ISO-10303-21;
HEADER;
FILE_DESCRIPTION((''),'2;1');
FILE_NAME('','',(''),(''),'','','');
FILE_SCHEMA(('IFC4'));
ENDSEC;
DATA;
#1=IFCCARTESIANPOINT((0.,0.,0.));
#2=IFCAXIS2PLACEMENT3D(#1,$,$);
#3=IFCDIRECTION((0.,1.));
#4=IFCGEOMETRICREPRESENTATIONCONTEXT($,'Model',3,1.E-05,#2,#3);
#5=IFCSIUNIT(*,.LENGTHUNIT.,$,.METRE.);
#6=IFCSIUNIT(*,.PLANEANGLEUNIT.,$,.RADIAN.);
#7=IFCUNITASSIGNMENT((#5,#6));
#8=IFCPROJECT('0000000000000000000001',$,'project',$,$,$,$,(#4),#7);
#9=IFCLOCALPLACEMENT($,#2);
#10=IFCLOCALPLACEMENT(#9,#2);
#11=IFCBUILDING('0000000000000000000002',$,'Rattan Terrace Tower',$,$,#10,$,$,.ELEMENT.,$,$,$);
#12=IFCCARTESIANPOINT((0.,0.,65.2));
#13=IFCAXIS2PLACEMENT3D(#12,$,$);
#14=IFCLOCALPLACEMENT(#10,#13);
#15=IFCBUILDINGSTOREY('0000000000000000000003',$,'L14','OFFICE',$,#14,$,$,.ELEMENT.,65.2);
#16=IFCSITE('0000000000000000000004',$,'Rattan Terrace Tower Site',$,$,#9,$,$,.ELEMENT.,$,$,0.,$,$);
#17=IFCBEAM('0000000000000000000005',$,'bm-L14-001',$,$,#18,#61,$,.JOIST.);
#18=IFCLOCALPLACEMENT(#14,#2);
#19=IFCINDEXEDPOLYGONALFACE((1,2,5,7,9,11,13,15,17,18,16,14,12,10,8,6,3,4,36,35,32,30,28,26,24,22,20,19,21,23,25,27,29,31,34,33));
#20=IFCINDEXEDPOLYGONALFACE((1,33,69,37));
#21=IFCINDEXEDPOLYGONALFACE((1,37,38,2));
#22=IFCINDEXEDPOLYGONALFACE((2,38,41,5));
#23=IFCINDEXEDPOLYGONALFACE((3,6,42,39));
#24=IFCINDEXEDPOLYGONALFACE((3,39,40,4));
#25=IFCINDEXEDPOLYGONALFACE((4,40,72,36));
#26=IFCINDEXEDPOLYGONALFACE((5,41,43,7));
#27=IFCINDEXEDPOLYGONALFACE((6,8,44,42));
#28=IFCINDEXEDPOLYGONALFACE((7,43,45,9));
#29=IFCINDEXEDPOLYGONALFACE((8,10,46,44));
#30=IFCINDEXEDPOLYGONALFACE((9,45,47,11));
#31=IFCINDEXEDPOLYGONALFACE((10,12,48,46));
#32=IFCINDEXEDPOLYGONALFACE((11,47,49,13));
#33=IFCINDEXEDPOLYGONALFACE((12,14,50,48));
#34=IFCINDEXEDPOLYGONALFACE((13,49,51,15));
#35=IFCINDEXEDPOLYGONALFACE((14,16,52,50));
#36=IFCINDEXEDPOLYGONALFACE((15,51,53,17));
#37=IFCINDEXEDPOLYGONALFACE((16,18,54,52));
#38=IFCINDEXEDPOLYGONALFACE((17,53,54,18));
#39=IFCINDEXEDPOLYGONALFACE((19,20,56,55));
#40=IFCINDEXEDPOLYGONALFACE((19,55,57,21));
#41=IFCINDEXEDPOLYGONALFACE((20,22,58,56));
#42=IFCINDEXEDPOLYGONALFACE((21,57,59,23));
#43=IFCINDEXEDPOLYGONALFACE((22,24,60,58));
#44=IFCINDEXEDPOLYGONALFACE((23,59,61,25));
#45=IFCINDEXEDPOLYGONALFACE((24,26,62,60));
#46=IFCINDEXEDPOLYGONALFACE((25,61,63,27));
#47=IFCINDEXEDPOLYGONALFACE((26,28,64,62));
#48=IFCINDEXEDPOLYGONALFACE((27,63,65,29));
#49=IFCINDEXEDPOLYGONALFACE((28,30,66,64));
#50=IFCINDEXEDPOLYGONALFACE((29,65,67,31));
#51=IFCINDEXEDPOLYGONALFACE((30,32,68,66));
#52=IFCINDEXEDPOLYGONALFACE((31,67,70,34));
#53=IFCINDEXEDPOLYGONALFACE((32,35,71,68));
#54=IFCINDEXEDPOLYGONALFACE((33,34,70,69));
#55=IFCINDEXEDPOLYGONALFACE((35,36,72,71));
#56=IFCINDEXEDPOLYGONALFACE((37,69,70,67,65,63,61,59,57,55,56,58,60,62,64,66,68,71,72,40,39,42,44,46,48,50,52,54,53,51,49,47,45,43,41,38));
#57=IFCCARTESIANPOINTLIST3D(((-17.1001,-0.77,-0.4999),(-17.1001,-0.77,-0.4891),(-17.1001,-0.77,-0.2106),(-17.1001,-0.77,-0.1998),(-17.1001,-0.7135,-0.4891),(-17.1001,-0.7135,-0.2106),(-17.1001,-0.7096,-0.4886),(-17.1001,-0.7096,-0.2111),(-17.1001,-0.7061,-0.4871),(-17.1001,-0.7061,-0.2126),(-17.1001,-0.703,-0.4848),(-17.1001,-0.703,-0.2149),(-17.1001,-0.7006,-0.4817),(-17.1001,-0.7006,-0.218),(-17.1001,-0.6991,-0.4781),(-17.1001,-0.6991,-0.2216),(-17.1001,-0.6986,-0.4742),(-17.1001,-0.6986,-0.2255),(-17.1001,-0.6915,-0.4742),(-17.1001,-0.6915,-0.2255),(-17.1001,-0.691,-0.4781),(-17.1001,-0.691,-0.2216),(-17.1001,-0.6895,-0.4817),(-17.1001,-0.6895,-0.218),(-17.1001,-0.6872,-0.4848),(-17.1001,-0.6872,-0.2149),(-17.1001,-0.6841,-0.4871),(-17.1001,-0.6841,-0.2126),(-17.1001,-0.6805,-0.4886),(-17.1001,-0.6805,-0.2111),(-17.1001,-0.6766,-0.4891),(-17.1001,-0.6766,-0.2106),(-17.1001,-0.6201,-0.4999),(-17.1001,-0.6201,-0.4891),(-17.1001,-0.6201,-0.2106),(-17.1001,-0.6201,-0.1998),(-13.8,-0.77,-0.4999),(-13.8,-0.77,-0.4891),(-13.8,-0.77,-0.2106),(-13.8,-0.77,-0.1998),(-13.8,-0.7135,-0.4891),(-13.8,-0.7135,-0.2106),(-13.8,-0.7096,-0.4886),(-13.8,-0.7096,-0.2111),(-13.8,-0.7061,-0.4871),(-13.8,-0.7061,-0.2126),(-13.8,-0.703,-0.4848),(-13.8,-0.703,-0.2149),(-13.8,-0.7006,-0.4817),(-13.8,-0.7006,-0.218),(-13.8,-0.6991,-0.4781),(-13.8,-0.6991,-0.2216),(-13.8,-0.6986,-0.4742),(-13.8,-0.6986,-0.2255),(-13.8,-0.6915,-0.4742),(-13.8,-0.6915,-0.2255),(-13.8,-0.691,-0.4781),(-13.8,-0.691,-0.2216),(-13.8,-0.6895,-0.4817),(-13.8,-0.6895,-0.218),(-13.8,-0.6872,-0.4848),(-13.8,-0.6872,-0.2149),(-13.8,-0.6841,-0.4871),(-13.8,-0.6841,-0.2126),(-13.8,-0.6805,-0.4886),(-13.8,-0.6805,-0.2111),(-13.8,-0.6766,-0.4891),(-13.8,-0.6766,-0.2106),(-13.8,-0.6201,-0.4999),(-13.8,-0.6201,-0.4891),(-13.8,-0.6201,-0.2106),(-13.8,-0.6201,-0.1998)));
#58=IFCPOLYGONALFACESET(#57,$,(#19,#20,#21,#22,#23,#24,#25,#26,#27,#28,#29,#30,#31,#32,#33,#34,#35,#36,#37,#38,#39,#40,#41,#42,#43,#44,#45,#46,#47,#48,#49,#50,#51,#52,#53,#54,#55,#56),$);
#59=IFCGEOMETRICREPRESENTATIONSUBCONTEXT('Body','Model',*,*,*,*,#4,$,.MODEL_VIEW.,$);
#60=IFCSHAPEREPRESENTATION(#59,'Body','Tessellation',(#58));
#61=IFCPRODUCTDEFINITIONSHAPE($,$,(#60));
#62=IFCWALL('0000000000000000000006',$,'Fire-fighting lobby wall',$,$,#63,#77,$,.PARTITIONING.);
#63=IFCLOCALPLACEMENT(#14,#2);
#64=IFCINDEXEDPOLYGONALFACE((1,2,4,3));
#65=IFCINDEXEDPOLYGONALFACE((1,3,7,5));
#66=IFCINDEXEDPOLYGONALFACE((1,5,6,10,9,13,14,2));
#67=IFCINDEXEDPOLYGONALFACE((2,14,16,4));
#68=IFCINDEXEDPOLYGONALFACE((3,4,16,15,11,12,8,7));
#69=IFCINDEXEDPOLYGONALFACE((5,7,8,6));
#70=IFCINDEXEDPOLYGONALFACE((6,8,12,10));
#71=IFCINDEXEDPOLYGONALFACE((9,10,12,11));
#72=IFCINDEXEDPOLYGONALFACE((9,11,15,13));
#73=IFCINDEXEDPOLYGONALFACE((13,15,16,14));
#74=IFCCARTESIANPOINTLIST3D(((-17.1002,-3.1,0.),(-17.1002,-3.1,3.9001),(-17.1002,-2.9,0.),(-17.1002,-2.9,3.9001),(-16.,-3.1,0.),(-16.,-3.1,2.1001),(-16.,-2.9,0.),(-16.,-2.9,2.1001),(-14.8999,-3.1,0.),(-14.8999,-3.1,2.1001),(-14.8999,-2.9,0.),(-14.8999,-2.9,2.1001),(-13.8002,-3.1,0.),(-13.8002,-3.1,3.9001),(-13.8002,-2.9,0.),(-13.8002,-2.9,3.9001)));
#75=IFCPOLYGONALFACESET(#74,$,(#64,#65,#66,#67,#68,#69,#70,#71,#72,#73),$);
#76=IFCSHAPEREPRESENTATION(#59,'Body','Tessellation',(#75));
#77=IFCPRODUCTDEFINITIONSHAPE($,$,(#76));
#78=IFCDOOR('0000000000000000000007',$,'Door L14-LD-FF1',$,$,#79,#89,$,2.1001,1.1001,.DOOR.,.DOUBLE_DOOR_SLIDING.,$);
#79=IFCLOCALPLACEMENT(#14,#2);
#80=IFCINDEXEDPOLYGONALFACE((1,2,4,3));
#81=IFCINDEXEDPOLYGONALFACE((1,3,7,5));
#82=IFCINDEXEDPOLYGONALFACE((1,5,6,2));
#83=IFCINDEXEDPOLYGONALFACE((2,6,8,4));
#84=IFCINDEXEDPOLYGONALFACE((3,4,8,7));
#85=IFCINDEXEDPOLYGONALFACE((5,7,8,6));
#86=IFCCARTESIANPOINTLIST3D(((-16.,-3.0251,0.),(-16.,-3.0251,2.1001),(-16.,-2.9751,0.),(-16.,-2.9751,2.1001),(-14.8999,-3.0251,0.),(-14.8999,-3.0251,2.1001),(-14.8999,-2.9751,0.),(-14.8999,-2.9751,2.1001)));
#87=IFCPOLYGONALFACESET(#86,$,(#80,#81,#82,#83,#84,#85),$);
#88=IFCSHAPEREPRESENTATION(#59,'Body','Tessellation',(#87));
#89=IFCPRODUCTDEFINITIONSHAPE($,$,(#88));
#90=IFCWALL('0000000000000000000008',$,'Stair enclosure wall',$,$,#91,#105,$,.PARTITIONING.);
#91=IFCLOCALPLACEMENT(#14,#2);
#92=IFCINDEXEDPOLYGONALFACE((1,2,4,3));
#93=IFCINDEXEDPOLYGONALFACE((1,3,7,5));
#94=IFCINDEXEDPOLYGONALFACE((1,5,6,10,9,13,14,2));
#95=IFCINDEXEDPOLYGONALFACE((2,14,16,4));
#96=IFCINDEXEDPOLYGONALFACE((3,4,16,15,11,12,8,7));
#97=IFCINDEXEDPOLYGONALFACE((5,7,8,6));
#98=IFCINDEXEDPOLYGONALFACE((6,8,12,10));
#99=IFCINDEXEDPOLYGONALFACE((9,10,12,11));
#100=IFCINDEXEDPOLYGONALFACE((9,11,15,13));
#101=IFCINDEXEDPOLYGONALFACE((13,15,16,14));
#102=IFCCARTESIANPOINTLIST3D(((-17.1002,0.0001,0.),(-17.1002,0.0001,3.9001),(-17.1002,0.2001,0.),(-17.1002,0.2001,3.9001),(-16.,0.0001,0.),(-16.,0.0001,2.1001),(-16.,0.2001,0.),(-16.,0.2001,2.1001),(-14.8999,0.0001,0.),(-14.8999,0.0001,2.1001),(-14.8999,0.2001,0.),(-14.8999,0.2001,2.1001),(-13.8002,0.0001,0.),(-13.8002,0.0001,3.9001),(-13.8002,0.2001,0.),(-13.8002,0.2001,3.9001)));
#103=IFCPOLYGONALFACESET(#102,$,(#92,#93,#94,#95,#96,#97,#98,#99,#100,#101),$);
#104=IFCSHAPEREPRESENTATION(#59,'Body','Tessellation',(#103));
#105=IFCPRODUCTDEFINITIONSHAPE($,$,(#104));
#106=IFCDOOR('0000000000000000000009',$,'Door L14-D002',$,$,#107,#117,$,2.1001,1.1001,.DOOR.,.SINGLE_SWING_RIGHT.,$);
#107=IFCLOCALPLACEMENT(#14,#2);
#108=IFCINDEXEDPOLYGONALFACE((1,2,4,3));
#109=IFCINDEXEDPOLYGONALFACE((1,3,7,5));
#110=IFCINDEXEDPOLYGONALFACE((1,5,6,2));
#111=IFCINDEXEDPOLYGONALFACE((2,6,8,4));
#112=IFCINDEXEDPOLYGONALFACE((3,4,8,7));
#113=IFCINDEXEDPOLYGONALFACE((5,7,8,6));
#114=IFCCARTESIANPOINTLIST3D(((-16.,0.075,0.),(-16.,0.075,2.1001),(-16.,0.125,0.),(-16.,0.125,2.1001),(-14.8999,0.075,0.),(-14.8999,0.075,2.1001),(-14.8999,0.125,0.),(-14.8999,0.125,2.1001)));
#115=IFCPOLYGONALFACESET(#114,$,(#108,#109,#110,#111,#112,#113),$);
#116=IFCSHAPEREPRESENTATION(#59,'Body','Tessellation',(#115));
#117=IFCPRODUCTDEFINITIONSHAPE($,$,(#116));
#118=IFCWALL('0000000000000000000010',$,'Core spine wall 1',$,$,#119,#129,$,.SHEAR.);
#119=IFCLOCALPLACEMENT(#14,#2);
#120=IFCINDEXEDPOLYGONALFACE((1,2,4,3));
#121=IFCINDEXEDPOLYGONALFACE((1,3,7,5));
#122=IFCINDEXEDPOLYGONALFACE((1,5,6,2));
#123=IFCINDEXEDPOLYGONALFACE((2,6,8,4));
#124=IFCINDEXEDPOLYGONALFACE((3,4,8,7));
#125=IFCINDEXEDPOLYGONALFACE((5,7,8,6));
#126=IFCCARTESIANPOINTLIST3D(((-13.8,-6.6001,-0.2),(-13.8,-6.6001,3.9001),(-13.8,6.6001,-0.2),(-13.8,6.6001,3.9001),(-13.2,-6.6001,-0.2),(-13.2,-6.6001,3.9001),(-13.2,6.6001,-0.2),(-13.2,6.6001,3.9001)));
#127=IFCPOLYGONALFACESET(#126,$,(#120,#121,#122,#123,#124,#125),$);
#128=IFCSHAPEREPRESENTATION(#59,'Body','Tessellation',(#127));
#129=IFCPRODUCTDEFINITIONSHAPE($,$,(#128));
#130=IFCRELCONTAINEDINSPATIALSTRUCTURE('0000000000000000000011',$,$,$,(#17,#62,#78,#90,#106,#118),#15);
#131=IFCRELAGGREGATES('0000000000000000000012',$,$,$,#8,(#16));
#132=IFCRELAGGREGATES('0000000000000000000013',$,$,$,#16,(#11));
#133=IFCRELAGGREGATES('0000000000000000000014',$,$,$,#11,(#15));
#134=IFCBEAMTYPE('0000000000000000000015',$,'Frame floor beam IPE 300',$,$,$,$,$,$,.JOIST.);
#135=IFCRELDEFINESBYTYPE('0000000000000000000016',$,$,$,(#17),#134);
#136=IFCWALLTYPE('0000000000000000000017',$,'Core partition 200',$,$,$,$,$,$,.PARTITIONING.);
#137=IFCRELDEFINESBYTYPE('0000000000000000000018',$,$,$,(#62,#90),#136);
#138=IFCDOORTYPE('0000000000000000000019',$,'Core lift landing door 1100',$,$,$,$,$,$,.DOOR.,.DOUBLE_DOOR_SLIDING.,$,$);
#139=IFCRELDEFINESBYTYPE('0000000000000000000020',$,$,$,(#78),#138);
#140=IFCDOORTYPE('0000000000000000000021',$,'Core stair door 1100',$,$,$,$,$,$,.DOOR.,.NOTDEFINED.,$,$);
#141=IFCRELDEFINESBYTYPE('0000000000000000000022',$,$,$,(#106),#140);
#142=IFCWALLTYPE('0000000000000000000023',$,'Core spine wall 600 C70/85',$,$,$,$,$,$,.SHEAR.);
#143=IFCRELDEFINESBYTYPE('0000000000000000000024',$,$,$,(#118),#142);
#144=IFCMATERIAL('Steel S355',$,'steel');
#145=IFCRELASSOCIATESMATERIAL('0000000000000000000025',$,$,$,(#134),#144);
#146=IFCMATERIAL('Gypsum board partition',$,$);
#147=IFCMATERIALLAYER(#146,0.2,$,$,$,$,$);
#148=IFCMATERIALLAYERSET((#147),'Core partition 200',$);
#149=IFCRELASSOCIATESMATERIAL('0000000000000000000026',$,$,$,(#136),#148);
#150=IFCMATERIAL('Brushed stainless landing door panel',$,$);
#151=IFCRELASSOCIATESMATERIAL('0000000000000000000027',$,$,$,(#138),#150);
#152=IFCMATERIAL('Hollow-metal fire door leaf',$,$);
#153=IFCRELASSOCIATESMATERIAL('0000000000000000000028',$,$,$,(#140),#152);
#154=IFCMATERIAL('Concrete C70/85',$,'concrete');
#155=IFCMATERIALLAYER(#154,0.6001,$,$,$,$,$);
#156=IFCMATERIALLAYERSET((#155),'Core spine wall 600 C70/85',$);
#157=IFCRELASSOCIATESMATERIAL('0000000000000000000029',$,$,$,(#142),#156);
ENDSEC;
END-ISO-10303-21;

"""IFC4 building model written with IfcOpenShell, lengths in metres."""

from ifc_helpers import new_model, si_unit, direction, frame, frame_2d, origin, origin_2d, place, context, subcontext, project, spatial, rectangle, i_section, extrude, material, layer, layer_set, material_profile, profile_set, type_object, element, fill, save


model = new_model("IFC4")

# Units and contexts
model_context = context("Model", 3, precision=1e-05, world=origin(), true_north=direction((0.0, 1.0)))
body_context = subcontext(model_context, "Body", "Model", "MODEL_VIEW")
ifc_project = project(units=[si_unit("LENGTHUNIT", "METRE"), si_unit("PLANEANGLEUNIT", "RADIAN")], contexts=[model_context])

# Site, building, storey
site_placement = place(None, origin())
site = spatial("IfcSite", under=ifc_project, at=site_placement, Name="Rattan Terrace Tower Site", CompositionType="ELEMENT", RefElevation=0.0)
building_placement = place(site_placement, origin())
building = spatial("IfcBuilding", under=site, at=building_placement, Name="Rattan Terrace Tower", CompositionType="ELEMENT")
storey_placement = place(building_placement, frame((0.0, 0.0, 65.2)))
storey = spatial("IfcBuildingStorey", under=building, at=storey_placement, Name="L14", Description="OFFICE", CompositionType="ELEMENT", Elevation=65.2)

# Beam
ifc_material_1 = material(Name="Steel S355", Category="steel")
ifc_material_profile = material_profile(ifc_material_1, i_section(OverallWidth=0.1499, OverallDepth=0.3, WebThickness=0.0071, FlangeThickness=0.0107, FilletRadius=0.0149, at=origin_2d()), Name="IPE 300")
ifc_profile_set = profile_set([ifc_material_profile], Name="Steel S355")
beam_type = type_object("IfcBeamType", Name="Frame floor beam IPE 300", PredefinedType="JOIST", material=ifc_profile_set)
beam_placement = place(storey_placement, frame((-17.1001, -0.6951, -0.3499), z_axis=(1.0, 0.0, 0.0), x_axis=(0.0, 1.0, 0.0)))
element("IfcBeam", 1, at=beam_placement, inside=storey, type_object=beam_type, Name="bm-L14-001", PredefinedType="JOIST", context=body_context, shape_type="SweptSolid", body=[
    extrude(i_section(OverallWidth=0.1499, OverallDepth=0.3, WebThickness=0.0071, FlangeThickness=0.0107, FilletRadius=0.0149, at=origin_2d()), origin(), (0.0, 0.0, 1.0), 3.3),
])

# Walls, openings, doors
ifc_material_2 = material(Name="Gypsum board partition")
ifc_layer_1 = layer(ifc_material_2, 0.2)
ifc_layer_set_1 = layer_set([ifc_layer_1], Name="Core partition 200")
wall_type_1 = type_object("IfcWallType", Name="Core partition 200", PredefinedType="PARTITIONING", material=ifc_layer_set_1)
wall_1_placement = place(storey_placement, frame((-17.1001, -3.0, 0.0), z_axis=(0.0, 0.0, 1.0), x_axis=(1.0, 0.0, 0.0)))
wall_1 = element("IfcWall", 2, at=wall_1_placement, inside=storey, type_object=wall_type_1, Name="Fire-fighting lobby wall", PredefinedType="PARTITIONING", context=body_context, shape_type="SweptSolid", body=[
    extrude(rectangle(XDim=3.3, YDim=0.2, at=frame_2d((1.6499, 0.0))), origin(), (0.0, 0.0, 1.0), 3.9001),
])
opening_1_placement = place(wall_1_placement, frame((1.1001, 0.0, 0.0)))
opening_1 = element("IfcOpeningElement", 3, at=opening_1_placement, cuts=wall_1, PredefinedType="OPENING", context=body_context, shape_type="SweptSolid", body=[
    extrude(rectangle(XDim=1.1001, YDim=2.1001, at=frame_2d((0.55, 1.05))), frame((0.0, 0.1106, 0.0), z_axis=(0.0, -1.0, 0.0), x_axis=(1.0, 0.0, 0.0)), (0.0, 0.0, 1.0), 0.2209),
])
ifc_material_3 = material(Name="Brushed stainless landing door panel")
door_type_1 = type_object("IfcDoorType", Name="Core lift landing door 1100", OperationType="DOUBLE_DOOR_SLIDING", PredefinedType="DOOR", material=ifc_material_3)
door_1_placement = place(opening_1_placement, origin())
door_1 = element("IfcDoor", 4, at=door_1_placement, inside=storey, type_object=door_type_1, Name="Door L14-LD-FF1", OperationType="DOUBLE_DOOR_SLIDING", OverallHeight=2.1001, OverallWidth=1.1001, PredefinedType="DOOR", context=body_context, shape_type="SweptSolid", body=[
    extrude(rectangle(XDim=1.1001, YDim=2.1001, at=frame_2d((0.55, 1.05))), frame((0.0, 0.0249, 0.0), z_axis=(0.0, -1.0, 0.0), x_axis=(1.0, 0.0, 0.0)), (0.0, 0.0, 1.0), 0.05),
])
fill(opening_1, door_1)
wall_2_placement = place(storey_placement, frame((-17.1001, 0.1001, 0.0), z_axis=(0.0, 0.0, 1.0), x_axis=(1.0, 0.0, 0.0)))
wall_2 = element("IfcWall", 5, at=wall_2_placement, inside=storey, type_object=wall_type_1, Name="Stair enclosure wall", PredefinedType="PARTITIONING", context=body_context, shape_type="SweptSolid", body=[
    extrude(rectangle(XDim=3.3, YDim=0.2, at=frame_2d((1.6499, 0.0))), origin(), (0.0, 0.0, 1.0), 3.9001),
])
opening_2_placement = place(wall_2_placement, frame((1.1001, 0.0, 0.0)))
opening_2 = element("IfcOpeningElement", 6, at=opening_2_placement, cuts=wall_2, PredefinedType="OPENING", context=body_context, shape_type="SweptSolid", body=[
    extrude(rectangle(XDim=1.1001, YDim=2.1001, at=frame_2d((0.55, 1.05))), frame((0.0, 0.1106, 0.0), z_axis=(0.0, -1.0, 0.0), x_axis=(1.0, 0.0, 0.0)), (0.0, 0.0, 1.0), 0.2209),
])
ifc_material_4 = material(Name="Hollow-metal fire door leaf")
door_type_2 = type_object("IfcDoorType", Name="Core stair door 1100", OperationType="NOTDEFINED", PredefinedType="DOOR", material=ifc_material_4)
door_2_placement = place(opening_2_placement, origin())
door_2 = element("IfcDoor", 7, at=door_2_placement, inside=storey, type_object=door_type_2, Name="Door L14-D002", OperationType="SINGLE_SWING_RIGHT", OverallHeight=2.1001, OverallWidth=1.1001, PredefinedType="DOOR", context=body_context, shape_type="SweptSolid", body=[
    extrude(rectangle(XDim=1.1001, YDim=2.1001, at=frame_2d((0.55, 1.05))), frame((0.0, 0.0249, 0.0), z_axis=(0.0, -1.0, 0.0), x_axis=(1.0, 0.0, 0.0)), (0.0, 0.0, 1.0), 0.05),
])
fill(opening_2, door_2)

# Wall
ifc_material_5 = material(Name="Concrete C70/85", Category="concrete")
ifc_layer_2 = layer(ifc_material_5, 0.6001)
ifc_layer_set_2 = layer_set([ifc_layer_2], Name="Core spine wall 600 C70/85")
wall_type_2 = type_object("IfcWallType", Name="Core spine wall 600 C70/85", PredefinedType="SHEAR", material=ifc_layer_set_2)
wall_3_placement = place(storey_placement, frame((-13.5, -6.6001, -0.2), z_axis=(0.0, 0.0, 1.0), x_axis=(0.0, 1.0, 0.0)))
element("IfcWall", 8, at=wall_3_placement, inside=storey, type_object=wall_type_2, Name="Core spine wall 1", PredefinedType="SHEAR", context=body_context, shape_type="SweptSolid", body=[
    extrude(rectangle(XDim=13.2002, YDim=0.6001, at=frame_2d((6.6001, 0.0))), origin(), (0.0, 0.0, 1.0), 4.1001),
])

save(model, "model.ifc")
